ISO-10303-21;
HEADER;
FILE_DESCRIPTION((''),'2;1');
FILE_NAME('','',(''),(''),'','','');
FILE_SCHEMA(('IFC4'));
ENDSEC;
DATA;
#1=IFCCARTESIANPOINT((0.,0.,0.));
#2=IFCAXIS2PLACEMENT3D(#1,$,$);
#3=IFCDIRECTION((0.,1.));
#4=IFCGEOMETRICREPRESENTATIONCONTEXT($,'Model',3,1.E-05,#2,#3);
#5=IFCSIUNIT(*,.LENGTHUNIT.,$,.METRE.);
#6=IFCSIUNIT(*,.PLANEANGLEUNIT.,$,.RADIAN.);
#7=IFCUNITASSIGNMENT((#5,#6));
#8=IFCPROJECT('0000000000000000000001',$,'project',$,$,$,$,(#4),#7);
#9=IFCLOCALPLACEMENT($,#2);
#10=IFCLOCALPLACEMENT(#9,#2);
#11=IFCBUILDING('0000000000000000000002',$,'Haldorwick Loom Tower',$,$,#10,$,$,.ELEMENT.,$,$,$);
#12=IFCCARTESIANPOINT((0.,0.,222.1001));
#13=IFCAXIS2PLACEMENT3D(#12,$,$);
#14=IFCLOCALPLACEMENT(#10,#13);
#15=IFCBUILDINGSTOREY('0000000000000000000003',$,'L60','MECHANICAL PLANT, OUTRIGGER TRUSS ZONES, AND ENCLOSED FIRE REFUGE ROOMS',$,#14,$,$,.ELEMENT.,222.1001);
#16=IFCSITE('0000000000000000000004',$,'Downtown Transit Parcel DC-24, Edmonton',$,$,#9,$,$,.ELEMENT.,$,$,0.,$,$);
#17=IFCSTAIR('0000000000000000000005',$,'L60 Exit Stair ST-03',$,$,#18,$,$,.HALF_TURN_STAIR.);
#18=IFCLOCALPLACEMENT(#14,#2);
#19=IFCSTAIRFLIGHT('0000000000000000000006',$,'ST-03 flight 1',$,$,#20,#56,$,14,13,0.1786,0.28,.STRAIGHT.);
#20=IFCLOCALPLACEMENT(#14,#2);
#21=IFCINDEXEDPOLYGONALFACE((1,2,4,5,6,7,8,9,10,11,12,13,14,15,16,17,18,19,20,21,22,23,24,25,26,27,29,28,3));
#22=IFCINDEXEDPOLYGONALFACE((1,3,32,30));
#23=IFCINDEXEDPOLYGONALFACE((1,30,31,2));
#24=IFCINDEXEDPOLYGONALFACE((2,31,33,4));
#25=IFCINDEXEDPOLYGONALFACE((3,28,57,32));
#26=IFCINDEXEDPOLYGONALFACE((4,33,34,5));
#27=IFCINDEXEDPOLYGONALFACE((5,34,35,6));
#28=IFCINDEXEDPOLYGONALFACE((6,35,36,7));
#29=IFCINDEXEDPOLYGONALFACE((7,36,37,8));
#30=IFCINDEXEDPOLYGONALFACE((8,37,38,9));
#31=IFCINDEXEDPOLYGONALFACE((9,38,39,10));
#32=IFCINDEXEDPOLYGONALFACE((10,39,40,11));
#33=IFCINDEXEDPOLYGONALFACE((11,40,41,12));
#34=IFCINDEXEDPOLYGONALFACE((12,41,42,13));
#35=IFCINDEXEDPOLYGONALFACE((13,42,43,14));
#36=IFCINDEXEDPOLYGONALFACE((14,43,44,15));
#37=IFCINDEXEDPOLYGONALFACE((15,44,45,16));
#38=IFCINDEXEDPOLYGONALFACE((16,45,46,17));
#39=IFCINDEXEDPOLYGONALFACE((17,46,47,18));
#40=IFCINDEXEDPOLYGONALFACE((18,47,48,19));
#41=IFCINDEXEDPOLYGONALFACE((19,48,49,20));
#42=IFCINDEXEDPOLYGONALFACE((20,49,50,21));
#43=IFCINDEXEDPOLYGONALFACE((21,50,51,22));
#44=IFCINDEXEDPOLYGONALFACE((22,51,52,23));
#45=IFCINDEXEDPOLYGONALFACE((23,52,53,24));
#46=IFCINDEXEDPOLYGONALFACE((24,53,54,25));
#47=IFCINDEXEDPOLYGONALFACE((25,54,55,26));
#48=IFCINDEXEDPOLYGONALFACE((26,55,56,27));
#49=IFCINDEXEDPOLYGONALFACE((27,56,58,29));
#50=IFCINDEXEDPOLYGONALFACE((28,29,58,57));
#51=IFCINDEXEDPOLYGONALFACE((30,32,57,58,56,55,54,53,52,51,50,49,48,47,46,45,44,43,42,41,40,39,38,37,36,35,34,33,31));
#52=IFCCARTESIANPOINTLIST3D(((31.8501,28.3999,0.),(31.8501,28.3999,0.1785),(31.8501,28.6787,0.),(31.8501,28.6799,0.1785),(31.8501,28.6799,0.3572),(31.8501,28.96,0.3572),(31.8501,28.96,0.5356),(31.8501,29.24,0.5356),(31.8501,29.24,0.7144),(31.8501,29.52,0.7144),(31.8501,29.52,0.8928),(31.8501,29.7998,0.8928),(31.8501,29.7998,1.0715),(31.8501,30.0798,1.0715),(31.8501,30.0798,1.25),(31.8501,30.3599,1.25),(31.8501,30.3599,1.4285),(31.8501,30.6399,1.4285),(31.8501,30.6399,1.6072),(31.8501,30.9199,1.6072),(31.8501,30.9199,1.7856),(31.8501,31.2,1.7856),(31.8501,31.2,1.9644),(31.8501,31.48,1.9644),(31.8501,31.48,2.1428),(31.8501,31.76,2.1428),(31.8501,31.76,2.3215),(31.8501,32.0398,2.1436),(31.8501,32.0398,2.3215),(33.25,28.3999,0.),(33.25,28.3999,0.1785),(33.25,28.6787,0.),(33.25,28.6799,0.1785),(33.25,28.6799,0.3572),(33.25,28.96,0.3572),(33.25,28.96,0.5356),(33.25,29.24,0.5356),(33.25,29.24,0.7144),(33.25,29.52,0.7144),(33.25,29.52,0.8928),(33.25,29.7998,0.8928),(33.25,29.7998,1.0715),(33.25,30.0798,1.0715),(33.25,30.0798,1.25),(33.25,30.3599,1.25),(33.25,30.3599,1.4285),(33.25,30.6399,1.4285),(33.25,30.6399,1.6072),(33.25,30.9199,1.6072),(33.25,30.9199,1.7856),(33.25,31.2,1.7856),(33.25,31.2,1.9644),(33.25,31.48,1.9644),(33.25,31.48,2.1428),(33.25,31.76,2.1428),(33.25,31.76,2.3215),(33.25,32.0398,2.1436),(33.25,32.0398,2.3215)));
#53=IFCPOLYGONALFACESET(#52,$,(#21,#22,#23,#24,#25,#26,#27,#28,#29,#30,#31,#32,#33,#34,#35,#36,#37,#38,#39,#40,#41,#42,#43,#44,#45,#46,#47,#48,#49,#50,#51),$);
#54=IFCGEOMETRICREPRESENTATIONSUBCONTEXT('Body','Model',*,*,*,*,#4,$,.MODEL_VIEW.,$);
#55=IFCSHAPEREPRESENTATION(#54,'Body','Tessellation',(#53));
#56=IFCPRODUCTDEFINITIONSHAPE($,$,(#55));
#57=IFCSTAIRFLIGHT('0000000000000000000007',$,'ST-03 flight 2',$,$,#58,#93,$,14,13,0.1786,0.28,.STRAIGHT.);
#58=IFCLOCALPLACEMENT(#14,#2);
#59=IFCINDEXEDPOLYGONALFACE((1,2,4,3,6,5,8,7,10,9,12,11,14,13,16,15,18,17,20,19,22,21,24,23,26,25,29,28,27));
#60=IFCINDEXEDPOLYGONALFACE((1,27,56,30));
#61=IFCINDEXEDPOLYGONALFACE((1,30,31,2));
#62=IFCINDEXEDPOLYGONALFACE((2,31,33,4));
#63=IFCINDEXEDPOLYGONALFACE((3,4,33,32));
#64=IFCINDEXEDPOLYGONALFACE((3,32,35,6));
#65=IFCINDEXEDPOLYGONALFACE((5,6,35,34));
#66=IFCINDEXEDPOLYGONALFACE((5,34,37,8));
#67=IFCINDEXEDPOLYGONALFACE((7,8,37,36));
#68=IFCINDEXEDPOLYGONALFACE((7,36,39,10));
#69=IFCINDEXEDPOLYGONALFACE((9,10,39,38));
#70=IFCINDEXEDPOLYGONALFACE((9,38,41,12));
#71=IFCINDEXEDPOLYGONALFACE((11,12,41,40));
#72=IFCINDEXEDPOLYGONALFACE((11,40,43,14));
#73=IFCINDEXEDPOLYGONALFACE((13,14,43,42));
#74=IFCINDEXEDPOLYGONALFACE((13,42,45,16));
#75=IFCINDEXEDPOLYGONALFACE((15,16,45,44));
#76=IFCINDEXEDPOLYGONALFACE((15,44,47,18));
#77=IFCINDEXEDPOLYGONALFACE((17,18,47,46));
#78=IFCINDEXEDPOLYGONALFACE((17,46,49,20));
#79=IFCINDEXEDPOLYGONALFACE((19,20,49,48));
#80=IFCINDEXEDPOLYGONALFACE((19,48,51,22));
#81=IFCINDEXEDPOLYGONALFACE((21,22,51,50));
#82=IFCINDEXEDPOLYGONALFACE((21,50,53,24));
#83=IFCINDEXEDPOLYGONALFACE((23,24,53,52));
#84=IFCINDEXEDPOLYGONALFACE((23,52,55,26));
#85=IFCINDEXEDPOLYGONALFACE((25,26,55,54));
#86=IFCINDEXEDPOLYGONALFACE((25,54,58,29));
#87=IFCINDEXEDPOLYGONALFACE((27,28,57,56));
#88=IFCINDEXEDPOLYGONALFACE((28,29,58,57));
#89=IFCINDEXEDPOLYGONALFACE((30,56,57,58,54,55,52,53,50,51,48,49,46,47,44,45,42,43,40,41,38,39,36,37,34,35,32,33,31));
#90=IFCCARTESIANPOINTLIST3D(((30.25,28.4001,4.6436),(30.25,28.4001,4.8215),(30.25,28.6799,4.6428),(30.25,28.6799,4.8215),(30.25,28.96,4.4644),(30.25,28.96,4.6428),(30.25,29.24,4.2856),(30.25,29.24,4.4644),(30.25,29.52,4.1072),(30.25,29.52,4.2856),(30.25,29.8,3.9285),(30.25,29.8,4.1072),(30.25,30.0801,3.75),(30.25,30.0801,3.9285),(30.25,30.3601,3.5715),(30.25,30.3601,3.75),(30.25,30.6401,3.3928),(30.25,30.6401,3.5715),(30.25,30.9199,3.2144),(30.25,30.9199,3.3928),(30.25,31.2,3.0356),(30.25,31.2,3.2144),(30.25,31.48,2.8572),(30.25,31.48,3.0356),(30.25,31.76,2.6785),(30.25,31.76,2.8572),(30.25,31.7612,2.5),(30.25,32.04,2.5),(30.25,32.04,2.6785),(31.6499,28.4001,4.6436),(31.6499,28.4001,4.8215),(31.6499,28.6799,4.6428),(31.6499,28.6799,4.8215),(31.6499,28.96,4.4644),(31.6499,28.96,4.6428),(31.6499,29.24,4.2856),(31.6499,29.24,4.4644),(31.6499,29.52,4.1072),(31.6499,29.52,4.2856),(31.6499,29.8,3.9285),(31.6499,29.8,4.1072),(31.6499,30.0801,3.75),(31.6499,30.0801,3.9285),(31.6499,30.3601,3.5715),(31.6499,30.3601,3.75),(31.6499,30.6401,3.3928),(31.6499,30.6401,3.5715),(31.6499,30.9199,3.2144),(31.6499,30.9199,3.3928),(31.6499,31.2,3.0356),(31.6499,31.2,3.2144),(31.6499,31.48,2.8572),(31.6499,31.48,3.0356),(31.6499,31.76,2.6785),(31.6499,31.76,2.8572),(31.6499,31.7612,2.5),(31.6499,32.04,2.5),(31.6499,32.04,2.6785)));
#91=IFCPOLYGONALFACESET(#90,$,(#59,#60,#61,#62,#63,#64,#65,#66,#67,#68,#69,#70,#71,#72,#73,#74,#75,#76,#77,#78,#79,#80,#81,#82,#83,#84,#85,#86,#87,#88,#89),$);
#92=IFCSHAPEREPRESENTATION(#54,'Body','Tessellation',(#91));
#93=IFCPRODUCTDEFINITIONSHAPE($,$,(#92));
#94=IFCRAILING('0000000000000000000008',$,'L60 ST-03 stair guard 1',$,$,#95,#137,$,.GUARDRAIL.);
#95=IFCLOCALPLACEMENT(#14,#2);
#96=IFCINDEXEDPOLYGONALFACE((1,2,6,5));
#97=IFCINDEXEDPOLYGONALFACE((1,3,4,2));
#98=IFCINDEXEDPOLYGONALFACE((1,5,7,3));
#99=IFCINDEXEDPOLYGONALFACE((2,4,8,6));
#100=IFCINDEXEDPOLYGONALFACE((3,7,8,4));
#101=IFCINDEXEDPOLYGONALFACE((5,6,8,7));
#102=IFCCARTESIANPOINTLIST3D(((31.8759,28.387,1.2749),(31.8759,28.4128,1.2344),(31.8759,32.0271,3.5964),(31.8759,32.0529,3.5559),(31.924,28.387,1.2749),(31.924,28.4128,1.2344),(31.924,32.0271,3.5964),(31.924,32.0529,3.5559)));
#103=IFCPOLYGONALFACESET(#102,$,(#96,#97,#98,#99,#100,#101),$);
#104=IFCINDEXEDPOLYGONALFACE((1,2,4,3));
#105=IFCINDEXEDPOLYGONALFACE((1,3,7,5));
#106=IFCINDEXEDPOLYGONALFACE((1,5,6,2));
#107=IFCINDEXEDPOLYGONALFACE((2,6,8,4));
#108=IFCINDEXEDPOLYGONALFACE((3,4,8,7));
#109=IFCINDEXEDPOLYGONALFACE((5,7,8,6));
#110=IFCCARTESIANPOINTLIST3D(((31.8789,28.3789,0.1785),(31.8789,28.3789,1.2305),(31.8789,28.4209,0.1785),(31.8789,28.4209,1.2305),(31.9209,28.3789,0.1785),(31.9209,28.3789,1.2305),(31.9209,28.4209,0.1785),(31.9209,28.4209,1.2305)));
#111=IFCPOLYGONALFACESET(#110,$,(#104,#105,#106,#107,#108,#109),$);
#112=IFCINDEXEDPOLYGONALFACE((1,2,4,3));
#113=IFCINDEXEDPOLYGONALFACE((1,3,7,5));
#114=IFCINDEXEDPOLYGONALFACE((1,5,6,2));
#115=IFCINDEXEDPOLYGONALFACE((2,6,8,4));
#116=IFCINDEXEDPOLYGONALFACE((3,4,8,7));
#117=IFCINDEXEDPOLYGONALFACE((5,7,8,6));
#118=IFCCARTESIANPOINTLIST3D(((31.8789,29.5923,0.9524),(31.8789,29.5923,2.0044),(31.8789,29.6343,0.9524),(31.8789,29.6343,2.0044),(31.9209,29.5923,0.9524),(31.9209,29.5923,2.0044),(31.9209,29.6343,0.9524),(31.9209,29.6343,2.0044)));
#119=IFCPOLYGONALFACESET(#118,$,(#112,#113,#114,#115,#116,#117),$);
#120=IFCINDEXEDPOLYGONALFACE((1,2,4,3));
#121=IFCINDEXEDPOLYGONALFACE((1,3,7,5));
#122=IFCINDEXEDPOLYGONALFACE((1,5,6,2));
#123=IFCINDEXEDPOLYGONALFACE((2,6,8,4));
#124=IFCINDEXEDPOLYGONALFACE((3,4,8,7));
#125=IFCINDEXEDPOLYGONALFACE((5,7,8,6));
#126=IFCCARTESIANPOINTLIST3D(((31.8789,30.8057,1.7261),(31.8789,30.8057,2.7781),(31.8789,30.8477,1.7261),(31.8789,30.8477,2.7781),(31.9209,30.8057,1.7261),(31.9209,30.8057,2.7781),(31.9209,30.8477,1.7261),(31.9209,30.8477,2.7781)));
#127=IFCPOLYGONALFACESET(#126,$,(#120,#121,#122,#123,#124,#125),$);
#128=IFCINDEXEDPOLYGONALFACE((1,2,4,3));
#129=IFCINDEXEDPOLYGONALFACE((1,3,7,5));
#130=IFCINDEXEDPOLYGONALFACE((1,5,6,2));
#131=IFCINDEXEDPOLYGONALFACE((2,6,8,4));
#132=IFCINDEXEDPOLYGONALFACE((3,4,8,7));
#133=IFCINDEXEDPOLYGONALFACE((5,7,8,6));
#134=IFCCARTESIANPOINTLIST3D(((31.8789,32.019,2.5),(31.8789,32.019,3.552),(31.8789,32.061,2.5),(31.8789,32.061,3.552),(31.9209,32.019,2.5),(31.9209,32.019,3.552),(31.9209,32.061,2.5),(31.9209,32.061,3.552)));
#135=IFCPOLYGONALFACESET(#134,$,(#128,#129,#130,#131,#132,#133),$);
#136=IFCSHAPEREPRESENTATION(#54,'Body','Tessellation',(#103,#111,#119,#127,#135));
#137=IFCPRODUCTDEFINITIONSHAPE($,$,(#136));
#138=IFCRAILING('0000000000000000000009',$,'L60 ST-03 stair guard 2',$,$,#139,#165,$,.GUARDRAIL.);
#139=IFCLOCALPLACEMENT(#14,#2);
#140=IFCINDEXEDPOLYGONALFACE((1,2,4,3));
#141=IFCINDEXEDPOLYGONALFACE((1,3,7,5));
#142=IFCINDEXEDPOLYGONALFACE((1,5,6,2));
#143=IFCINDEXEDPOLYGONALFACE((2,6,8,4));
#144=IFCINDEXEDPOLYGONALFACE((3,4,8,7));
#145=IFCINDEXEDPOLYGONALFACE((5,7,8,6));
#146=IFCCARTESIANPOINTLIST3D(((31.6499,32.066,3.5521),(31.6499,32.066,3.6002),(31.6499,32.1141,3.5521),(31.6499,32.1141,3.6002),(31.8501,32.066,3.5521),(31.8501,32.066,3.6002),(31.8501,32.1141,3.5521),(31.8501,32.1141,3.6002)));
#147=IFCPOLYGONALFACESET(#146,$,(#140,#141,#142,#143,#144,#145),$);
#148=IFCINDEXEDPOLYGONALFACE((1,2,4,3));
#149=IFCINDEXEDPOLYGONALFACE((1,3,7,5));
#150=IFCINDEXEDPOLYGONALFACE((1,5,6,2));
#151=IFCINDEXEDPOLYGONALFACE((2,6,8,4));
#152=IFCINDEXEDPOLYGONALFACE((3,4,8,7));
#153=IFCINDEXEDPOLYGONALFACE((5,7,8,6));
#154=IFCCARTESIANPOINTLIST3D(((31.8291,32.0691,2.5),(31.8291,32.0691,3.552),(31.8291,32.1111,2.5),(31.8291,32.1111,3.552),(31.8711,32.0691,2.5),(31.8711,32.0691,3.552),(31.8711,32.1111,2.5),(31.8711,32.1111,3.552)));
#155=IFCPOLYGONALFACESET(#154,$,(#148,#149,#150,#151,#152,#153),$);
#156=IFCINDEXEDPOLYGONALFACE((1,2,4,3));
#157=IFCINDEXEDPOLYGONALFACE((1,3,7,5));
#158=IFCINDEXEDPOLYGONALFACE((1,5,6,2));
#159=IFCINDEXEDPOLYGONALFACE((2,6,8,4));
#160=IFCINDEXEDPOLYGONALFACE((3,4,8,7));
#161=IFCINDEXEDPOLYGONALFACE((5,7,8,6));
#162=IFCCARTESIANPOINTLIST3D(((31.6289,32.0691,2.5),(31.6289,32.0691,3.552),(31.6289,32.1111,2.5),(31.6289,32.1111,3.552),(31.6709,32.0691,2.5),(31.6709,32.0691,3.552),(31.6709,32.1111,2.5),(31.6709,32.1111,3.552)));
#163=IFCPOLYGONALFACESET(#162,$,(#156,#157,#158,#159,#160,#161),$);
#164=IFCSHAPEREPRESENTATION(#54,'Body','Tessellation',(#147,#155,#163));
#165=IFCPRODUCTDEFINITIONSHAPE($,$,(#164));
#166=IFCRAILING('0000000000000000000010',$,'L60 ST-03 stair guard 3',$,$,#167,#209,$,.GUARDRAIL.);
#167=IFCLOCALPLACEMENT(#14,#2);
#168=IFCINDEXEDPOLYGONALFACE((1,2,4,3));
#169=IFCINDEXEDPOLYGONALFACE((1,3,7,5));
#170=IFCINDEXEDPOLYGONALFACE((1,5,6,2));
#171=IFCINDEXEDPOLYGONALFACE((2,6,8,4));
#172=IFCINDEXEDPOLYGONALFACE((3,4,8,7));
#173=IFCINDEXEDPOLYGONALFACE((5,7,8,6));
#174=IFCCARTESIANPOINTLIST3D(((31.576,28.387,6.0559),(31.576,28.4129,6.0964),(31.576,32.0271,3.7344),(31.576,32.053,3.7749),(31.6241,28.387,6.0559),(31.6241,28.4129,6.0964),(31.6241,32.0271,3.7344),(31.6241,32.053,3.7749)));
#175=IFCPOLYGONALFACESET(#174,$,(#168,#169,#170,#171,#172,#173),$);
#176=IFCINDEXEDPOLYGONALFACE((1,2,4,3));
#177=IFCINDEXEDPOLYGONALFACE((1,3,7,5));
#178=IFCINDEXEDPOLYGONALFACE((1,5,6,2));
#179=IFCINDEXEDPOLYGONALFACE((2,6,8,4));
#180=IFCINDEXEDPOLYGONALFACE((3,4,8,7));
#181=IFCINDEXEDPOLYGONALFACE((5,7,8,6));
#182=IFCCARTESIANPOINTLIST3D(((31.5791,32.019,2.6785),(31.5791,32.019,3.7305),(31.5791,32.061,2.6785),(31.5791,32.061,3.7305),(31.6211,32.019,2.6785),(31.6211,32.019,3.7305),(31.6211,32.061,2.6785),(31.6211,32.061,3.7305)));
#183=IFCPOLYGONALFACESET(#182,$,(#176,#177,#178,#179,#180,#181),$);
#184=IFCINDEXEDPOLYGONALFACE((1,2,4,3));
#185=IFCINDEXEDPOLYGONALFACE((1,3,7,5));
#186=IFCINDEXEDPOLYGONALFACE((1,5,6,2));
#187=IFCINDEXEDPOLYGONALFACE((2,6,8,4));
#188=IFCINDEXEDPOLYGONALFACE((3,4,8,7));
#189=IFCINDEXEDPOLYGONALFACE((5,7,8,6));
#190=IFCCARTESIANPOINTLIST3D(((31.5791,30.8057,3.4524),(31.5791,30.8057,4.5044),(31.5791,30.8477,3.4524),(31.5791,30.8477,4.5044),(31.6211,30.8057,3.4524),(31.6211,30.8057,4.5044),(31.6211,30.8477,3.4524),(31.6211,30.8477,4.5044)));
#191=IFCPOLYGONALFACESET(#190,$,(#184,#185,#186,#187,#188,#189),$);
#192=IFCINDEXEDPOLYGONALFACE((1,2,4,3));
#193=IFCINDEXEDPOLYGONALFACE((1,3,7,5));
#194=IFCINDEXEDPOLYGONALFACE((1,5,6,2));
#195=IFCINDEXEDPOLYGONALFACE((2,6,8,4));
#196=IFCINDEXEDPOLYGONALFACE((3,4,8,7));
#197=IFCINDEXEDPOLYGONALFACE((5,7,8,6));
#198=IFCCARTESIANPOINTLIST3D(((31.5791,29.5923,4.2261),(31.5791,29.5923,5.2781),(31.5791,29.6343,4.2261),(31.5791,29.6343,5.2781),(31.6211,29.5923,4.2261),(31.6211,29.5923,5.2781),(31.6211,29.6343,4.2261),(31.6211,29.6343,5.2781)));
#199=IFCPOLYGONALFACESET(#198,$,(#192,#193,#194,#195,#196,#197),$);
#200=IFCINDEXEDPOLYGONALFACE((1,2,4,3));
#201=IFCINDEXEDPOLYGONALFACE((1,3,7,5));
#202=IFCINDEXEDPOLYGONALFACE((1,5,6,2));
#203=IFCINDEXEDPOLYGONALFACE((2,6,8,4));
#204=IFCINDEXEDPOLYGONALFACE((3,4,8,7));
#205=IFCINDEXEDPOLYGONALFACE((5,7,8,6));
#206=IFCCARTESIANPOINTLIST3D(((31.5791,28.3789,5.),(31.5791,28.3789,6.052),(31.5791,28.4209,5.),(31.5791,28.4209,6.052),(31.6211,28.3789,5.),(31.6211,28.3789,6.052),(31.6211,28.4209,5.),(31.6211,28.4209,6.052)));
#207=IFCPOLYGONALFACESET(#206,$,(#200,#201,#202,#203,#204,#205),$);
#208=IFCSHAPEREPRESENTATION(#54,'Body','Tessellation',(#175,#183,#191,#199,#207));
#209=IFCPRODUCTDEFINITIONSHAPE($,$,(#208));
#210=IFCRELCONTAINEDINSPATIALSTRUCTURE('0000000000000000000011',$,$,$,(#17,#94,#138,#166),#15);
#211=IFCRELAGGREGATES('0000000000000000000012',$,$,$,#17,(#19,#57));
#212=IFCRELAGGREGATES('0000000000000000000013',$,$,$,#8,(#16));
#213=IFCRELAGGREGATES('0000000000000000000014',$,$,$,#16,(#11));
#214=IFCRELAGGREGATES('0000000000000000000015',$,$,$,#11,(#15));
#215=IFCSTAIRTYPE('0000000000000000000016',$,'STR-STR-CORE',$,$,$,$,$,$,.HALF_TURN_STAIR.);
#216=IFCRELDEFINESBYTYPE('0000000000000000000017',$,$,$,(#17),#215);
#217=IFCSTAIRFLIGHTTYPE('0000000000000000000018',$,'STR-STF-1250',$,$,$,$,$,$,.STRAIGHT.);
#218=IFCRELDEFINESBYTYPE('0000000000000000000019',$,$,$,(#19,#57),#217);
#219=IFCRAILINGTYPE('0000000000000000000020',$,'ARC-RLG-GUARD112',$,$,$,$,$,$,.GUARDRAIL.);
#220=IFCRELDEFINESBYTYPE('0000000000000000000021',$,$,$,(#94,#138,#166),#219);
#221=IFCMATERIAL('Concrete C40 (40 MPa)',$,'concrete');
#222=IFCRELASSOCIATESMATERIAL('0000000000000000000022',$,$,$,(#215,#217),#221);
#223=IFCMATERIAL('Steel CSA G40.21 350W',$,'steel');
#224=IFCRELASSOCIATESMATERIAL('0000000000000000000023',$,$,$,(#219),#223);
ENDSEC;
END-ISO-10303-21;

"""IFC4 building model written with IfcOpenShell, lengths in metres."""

from ifc_helpers import new_model, si_unit, direction, frame, origin, origin_2d, place, context, subcontext, project, spatial, polyline, rectangle, outline, extrude, material, type_object, element, aggregate, save


model = new_model("IFC4")

# Units and contexts
model_context = context("Model", 3, precision=1e-05, world=origin(), true_north=direction((0.0, 1.0)))
body_context = subcontext(model_context, "Body", "Model", "MODEL_VIEW")
ifc_project = project(units=[si_unit("LENGTHUNIT", "METRE"), si_unit("PLANEANGLEUNIT", "RADIAN")], contexts=[model_context])

# Site, building, storey
site_placement = place(None, origin())
site = spatial("IfcSite", under=ifc_project, at=site_placement, Name="Downtown Transit Parcel DC-24, Edmonton", CompositionType="ELEMENT", RefElevation=0.0)
building_placement = place(site_placement, origin())
building = spatial("IfcBuilding", under=site, at=building_placement, Name="Haldorwick Loom Tower", CompositionType="ELEMENT")
storey_placement = place(building_placement, frame((0.0, 0.0, 222.1001)))
storey = spatial("IfcBuildingStorey", under=building, at=storey_placement, Name="L60", Description="MECHANICAL PLANT, OUTRIGGER TRUSS ZONES, AND ENCLOSED FIRE REFUGE ROOMS", CompositionType="ELEMENT", Elevation=222.1001)

# Shared definitions
ifc_material_1 = material(Name="Steel CSA G40.21 350W", Category="steel")

# Stair, stair flights
ifc_material_2 = material(Name="Concrete C40 (40 MPa)", Category="concrete")
stair_type = type_object("IfcStairType", Name="STR-STR-CORE", PredefinedType="HALF_TURN_STAIR", material=ifc_material_2)
stair_placement = place(storey_placement, origin())
stair = element("IfcStair", 1, at=stair_placement, inside=storey, type_object=stair_type, Name="L60 Exit Stair ST-03", PredefinedType="HALF_TURN_STAIR")
stair_flight_type = type_object("IfcStairFlightType", Name="STR-STF-1250", PredefinedType="STRAIGHT", material=ifc_material_2)
stair_flight_1_placement = place(storey_placement, frame((32.55, 28.3999, 0.0), z_axis=(0.0, 0.0, 1.0), x_axis=(0.0, 1.0, 0.0)))
stair_flight_1 = element("IfcStairFlight", 2, at=stair_flight_1_placement, type_object=stair_flight_type, Name="ST-03 flight 1", NumberOfRisers=14, NumberOfTreads=13, PredefinedType="STRAIGHT", RiserHeight=0.1786, TreadLength=0.28, context=body_context, shape_type="SweptSolid", body=[
    extrude(outline(polyline([(0.0, 0.0), (0.0, 0.1785), (0.28, 0.1785), (0.28, 0.3572), (0.5601, 0.3572), (0.5601, 0.5356), (0.8401, 0.5356), (0.8401, 0.7144), (1.1201, 0.7144), (1.1201, 0.8928), (1.3999, 0.8928), (1.3999, 1.0715), (1.6799, 1.0715), (1.6799, 1.25), (1.96, 1.25), (1.96, 1.4285), (2.24, 1.4285), (2.24, 1.6072), (2.52, 1.6072), (2.52, 1.7856), (2.8, 1.7856), (2.8, 1.9644), (3.0801, 1.9644), (3.0801, 2.1428), (3.3601, 2.1428), (3.3601, 2.3215), (3.6399, 2.3215), (3.6399, 2.5), (3.6399, 2.1436), (0.2788, 0.0), (0.0, 0.0)])), frame((0.0, 0.7, 0.0), z_axis=(0.0, -1.0, 0.0), x_axis=(1.0, 0.0, 0.0)), (0.0, 0.0, 1.0), 1.3999),
])
stair_flight_2_placement = place(storey_placement, frame((30.95, 32.04, 2.5), z_axis=(0.0, 0.0, 1.0), x_axis=(0.0, -1.0, 0.0)))
stair_flight_2 = element("IfcStairFlight", 3, at=stair_flight_2_placement, type_object=stair_flight_type, Name="ST-03 flight 2", NumberOfRisers=14, NumberOfTreads=13, PredefinedType="STRAIGHT", RiserHeight=0.1786, TreadLength=0.28, context=body_context, shape_type="SweptSolid", body=[
    extrude(outline(polyline([(0.0, 0.0), (0.0, 0.1785), (0.28, 0.1785), (0.28, 0.3572), (0.5601, 0.3572), (0.5601, 0.5356), (0.8401, 0.5356), (0.8401, 0.7144), (1.1201, 0.7144), (1.1201, 0.8928), (1.3999, 0.8928), (1.3999, 1.0715), (1.6799, 1.0715), (1.6799, 1.25), (1.96, 1.25), (1.96, 1.4285), (2.24, 1.4285), (2.24, 1.6072), (2.52, 1.6072), (2.52, 1.7856), (2.8, 1.7856), (2.8, 1.9644), (3.0801, 1.9644), (3.0801, 2.1428), (3.3601, 2.1428), (3.3601, 2.3215), (3.6399, 2.3215), (3.6399, 2.5), (3.6399, 2.1436), (0.2788, 0.0), (0.0, 0.0)])), frame((0.0, 0.7, 0.0), z_axis=(0.0, -1.0, 0.0), x_axis=(1.0, 0.0, 0.0)), (0.0, 0.0, 1.0), 1.3999),
])
aggregate(stair, [stair_flight_1, stair_flight_2])

# Railings
railing_type_1 = type_object("IfcRailingType", Name="ARC-RLG-GUARD112", PredefinedType="GUARDRAIL", material=ifc_material_1)
railing_1_placement = place(storey_placement, frame((31.8999, 28.3999, 0.1785)))
element("IfcRailing", 4, at=railing_1_placement, inside=storey, type_object=railing_type_1, Name="L60 ST-03 stair guard 1", PredefinedType="GUARDRAIL", context=body_context, shape_type="SweptSolid", body=[
    extrude(rectangle(XDim=0.0481, YDim=0.0481, at=origin_2d()), frame((0.0, 0.0, 1.0762), z_axis=(0.0, 0.843128, 0.537713), x_axis=(-1.0, 0.0, 0.0)), (0.0, 0.0, 1.0), 4.3174),
    extrude(rectangle(XDim=0.042, YDim=0.042, at=origin_2d()), origin(), (0.0, 0.0, 1.0), 1.052),
    extrude(rectangle(XDim=0.042, YDim=0.042, at=origin_2d()), frame((0.0, 1.2134, 0.7739)), (0.0, 0.0, 1.0), 1.052),
    extrude(rectangle(XDim=0.042, YDim=0.042, at=origin_2d()), frame((0.0, 2.4268, 1.5476)), (0.0, 0.0, 1.0), 1.052),
    extrude(rectangle(XDim=0.042, YDim=0.042, at=origin_2d()), frame((0.0, 3.6401, 2.3215)), (0.0, 0.0, 1.0), 1.052),
])
railing_2_placement = place(storey_placement, frame((31.8501, 32.0901, 2.5)))
element("IfcRailing", 5, at=railing_2_placement, inside=storey, type_object=railing_type_1, Name="L60 ST-03 stair guard 2", PredefinedType="GUARDRAIL", context=body_context, shape_type="SweptSolid", body=[
    extrude(rectangle(XDim=0.0481, YDim=0.0481, at=origin_2d()), frame((0.0, 0.0, 1.0762), z_axis=(-1.0, 0.0, 0.0), x_axis=(0.0, -1.0, 0.0)), (0.0, 0.0, 1.0), 0.2002),
    extrude(rectangle(XDim=0.042, YDim=0.042, at=origin_2d()), origin(), (0.0, 0.0, 1.0), 1.052),
    extrude(rectangle(XDim=0.042, YDim=0.042, at=origin_2d()), frame((-0.2002, 0.0, 0.0)), (0.0, 0.0, 1.0), 1.052),
])
railing_3_placement = place(storey_placement, frame((31.6001, 32.04, 2.6785)))
element("IfcRailing", 6, at=railing_3_placement, inside=storey, type_object=railing_type_1, Name="L60 ST-03 stair guard 3", PredefinedType="GUARDRAIL", context=body_context, shape_type="SweptSolid", body=[
    extrude(rectangle(XDim=0.0481, YDim=0.0481, at=origin_2d()), frame((0.0, 0.0, 1.0762), z_axis=(0.0, -0.843128, 0.537713), x_axis=(1.0, 0.0, 0.0)), (0.0, 0.0, 1.0), 4.3174),
    extrude(rectangle(XDim=0.042, YDim=0.042, at=origin_2d()), origin(), (0.0, 0.0, 1.0), 1.052),
    extrude(rectangle(XDim=0.042, YDim=0.042, at=origin_2d()), frame((0.0, -1.2134, 0.7739)), (0.0, 0.0, 1.0), 1.052),
    extrude(rectangle(XDim=0.042, YDim=0.042, at=origin_2d()), frame((0.0, -2.4268, 1.5476)), (0.0, 0.0, 1.0), 1.052),
    extrude(rectangle(XDim=0.042, YDim=0.042, at=origin_2d()), frame((0.0, -3.6401, 2.3215)), (0.0, 0.0, 1.0), 1.052),
])

save(model, "model.ifc")
